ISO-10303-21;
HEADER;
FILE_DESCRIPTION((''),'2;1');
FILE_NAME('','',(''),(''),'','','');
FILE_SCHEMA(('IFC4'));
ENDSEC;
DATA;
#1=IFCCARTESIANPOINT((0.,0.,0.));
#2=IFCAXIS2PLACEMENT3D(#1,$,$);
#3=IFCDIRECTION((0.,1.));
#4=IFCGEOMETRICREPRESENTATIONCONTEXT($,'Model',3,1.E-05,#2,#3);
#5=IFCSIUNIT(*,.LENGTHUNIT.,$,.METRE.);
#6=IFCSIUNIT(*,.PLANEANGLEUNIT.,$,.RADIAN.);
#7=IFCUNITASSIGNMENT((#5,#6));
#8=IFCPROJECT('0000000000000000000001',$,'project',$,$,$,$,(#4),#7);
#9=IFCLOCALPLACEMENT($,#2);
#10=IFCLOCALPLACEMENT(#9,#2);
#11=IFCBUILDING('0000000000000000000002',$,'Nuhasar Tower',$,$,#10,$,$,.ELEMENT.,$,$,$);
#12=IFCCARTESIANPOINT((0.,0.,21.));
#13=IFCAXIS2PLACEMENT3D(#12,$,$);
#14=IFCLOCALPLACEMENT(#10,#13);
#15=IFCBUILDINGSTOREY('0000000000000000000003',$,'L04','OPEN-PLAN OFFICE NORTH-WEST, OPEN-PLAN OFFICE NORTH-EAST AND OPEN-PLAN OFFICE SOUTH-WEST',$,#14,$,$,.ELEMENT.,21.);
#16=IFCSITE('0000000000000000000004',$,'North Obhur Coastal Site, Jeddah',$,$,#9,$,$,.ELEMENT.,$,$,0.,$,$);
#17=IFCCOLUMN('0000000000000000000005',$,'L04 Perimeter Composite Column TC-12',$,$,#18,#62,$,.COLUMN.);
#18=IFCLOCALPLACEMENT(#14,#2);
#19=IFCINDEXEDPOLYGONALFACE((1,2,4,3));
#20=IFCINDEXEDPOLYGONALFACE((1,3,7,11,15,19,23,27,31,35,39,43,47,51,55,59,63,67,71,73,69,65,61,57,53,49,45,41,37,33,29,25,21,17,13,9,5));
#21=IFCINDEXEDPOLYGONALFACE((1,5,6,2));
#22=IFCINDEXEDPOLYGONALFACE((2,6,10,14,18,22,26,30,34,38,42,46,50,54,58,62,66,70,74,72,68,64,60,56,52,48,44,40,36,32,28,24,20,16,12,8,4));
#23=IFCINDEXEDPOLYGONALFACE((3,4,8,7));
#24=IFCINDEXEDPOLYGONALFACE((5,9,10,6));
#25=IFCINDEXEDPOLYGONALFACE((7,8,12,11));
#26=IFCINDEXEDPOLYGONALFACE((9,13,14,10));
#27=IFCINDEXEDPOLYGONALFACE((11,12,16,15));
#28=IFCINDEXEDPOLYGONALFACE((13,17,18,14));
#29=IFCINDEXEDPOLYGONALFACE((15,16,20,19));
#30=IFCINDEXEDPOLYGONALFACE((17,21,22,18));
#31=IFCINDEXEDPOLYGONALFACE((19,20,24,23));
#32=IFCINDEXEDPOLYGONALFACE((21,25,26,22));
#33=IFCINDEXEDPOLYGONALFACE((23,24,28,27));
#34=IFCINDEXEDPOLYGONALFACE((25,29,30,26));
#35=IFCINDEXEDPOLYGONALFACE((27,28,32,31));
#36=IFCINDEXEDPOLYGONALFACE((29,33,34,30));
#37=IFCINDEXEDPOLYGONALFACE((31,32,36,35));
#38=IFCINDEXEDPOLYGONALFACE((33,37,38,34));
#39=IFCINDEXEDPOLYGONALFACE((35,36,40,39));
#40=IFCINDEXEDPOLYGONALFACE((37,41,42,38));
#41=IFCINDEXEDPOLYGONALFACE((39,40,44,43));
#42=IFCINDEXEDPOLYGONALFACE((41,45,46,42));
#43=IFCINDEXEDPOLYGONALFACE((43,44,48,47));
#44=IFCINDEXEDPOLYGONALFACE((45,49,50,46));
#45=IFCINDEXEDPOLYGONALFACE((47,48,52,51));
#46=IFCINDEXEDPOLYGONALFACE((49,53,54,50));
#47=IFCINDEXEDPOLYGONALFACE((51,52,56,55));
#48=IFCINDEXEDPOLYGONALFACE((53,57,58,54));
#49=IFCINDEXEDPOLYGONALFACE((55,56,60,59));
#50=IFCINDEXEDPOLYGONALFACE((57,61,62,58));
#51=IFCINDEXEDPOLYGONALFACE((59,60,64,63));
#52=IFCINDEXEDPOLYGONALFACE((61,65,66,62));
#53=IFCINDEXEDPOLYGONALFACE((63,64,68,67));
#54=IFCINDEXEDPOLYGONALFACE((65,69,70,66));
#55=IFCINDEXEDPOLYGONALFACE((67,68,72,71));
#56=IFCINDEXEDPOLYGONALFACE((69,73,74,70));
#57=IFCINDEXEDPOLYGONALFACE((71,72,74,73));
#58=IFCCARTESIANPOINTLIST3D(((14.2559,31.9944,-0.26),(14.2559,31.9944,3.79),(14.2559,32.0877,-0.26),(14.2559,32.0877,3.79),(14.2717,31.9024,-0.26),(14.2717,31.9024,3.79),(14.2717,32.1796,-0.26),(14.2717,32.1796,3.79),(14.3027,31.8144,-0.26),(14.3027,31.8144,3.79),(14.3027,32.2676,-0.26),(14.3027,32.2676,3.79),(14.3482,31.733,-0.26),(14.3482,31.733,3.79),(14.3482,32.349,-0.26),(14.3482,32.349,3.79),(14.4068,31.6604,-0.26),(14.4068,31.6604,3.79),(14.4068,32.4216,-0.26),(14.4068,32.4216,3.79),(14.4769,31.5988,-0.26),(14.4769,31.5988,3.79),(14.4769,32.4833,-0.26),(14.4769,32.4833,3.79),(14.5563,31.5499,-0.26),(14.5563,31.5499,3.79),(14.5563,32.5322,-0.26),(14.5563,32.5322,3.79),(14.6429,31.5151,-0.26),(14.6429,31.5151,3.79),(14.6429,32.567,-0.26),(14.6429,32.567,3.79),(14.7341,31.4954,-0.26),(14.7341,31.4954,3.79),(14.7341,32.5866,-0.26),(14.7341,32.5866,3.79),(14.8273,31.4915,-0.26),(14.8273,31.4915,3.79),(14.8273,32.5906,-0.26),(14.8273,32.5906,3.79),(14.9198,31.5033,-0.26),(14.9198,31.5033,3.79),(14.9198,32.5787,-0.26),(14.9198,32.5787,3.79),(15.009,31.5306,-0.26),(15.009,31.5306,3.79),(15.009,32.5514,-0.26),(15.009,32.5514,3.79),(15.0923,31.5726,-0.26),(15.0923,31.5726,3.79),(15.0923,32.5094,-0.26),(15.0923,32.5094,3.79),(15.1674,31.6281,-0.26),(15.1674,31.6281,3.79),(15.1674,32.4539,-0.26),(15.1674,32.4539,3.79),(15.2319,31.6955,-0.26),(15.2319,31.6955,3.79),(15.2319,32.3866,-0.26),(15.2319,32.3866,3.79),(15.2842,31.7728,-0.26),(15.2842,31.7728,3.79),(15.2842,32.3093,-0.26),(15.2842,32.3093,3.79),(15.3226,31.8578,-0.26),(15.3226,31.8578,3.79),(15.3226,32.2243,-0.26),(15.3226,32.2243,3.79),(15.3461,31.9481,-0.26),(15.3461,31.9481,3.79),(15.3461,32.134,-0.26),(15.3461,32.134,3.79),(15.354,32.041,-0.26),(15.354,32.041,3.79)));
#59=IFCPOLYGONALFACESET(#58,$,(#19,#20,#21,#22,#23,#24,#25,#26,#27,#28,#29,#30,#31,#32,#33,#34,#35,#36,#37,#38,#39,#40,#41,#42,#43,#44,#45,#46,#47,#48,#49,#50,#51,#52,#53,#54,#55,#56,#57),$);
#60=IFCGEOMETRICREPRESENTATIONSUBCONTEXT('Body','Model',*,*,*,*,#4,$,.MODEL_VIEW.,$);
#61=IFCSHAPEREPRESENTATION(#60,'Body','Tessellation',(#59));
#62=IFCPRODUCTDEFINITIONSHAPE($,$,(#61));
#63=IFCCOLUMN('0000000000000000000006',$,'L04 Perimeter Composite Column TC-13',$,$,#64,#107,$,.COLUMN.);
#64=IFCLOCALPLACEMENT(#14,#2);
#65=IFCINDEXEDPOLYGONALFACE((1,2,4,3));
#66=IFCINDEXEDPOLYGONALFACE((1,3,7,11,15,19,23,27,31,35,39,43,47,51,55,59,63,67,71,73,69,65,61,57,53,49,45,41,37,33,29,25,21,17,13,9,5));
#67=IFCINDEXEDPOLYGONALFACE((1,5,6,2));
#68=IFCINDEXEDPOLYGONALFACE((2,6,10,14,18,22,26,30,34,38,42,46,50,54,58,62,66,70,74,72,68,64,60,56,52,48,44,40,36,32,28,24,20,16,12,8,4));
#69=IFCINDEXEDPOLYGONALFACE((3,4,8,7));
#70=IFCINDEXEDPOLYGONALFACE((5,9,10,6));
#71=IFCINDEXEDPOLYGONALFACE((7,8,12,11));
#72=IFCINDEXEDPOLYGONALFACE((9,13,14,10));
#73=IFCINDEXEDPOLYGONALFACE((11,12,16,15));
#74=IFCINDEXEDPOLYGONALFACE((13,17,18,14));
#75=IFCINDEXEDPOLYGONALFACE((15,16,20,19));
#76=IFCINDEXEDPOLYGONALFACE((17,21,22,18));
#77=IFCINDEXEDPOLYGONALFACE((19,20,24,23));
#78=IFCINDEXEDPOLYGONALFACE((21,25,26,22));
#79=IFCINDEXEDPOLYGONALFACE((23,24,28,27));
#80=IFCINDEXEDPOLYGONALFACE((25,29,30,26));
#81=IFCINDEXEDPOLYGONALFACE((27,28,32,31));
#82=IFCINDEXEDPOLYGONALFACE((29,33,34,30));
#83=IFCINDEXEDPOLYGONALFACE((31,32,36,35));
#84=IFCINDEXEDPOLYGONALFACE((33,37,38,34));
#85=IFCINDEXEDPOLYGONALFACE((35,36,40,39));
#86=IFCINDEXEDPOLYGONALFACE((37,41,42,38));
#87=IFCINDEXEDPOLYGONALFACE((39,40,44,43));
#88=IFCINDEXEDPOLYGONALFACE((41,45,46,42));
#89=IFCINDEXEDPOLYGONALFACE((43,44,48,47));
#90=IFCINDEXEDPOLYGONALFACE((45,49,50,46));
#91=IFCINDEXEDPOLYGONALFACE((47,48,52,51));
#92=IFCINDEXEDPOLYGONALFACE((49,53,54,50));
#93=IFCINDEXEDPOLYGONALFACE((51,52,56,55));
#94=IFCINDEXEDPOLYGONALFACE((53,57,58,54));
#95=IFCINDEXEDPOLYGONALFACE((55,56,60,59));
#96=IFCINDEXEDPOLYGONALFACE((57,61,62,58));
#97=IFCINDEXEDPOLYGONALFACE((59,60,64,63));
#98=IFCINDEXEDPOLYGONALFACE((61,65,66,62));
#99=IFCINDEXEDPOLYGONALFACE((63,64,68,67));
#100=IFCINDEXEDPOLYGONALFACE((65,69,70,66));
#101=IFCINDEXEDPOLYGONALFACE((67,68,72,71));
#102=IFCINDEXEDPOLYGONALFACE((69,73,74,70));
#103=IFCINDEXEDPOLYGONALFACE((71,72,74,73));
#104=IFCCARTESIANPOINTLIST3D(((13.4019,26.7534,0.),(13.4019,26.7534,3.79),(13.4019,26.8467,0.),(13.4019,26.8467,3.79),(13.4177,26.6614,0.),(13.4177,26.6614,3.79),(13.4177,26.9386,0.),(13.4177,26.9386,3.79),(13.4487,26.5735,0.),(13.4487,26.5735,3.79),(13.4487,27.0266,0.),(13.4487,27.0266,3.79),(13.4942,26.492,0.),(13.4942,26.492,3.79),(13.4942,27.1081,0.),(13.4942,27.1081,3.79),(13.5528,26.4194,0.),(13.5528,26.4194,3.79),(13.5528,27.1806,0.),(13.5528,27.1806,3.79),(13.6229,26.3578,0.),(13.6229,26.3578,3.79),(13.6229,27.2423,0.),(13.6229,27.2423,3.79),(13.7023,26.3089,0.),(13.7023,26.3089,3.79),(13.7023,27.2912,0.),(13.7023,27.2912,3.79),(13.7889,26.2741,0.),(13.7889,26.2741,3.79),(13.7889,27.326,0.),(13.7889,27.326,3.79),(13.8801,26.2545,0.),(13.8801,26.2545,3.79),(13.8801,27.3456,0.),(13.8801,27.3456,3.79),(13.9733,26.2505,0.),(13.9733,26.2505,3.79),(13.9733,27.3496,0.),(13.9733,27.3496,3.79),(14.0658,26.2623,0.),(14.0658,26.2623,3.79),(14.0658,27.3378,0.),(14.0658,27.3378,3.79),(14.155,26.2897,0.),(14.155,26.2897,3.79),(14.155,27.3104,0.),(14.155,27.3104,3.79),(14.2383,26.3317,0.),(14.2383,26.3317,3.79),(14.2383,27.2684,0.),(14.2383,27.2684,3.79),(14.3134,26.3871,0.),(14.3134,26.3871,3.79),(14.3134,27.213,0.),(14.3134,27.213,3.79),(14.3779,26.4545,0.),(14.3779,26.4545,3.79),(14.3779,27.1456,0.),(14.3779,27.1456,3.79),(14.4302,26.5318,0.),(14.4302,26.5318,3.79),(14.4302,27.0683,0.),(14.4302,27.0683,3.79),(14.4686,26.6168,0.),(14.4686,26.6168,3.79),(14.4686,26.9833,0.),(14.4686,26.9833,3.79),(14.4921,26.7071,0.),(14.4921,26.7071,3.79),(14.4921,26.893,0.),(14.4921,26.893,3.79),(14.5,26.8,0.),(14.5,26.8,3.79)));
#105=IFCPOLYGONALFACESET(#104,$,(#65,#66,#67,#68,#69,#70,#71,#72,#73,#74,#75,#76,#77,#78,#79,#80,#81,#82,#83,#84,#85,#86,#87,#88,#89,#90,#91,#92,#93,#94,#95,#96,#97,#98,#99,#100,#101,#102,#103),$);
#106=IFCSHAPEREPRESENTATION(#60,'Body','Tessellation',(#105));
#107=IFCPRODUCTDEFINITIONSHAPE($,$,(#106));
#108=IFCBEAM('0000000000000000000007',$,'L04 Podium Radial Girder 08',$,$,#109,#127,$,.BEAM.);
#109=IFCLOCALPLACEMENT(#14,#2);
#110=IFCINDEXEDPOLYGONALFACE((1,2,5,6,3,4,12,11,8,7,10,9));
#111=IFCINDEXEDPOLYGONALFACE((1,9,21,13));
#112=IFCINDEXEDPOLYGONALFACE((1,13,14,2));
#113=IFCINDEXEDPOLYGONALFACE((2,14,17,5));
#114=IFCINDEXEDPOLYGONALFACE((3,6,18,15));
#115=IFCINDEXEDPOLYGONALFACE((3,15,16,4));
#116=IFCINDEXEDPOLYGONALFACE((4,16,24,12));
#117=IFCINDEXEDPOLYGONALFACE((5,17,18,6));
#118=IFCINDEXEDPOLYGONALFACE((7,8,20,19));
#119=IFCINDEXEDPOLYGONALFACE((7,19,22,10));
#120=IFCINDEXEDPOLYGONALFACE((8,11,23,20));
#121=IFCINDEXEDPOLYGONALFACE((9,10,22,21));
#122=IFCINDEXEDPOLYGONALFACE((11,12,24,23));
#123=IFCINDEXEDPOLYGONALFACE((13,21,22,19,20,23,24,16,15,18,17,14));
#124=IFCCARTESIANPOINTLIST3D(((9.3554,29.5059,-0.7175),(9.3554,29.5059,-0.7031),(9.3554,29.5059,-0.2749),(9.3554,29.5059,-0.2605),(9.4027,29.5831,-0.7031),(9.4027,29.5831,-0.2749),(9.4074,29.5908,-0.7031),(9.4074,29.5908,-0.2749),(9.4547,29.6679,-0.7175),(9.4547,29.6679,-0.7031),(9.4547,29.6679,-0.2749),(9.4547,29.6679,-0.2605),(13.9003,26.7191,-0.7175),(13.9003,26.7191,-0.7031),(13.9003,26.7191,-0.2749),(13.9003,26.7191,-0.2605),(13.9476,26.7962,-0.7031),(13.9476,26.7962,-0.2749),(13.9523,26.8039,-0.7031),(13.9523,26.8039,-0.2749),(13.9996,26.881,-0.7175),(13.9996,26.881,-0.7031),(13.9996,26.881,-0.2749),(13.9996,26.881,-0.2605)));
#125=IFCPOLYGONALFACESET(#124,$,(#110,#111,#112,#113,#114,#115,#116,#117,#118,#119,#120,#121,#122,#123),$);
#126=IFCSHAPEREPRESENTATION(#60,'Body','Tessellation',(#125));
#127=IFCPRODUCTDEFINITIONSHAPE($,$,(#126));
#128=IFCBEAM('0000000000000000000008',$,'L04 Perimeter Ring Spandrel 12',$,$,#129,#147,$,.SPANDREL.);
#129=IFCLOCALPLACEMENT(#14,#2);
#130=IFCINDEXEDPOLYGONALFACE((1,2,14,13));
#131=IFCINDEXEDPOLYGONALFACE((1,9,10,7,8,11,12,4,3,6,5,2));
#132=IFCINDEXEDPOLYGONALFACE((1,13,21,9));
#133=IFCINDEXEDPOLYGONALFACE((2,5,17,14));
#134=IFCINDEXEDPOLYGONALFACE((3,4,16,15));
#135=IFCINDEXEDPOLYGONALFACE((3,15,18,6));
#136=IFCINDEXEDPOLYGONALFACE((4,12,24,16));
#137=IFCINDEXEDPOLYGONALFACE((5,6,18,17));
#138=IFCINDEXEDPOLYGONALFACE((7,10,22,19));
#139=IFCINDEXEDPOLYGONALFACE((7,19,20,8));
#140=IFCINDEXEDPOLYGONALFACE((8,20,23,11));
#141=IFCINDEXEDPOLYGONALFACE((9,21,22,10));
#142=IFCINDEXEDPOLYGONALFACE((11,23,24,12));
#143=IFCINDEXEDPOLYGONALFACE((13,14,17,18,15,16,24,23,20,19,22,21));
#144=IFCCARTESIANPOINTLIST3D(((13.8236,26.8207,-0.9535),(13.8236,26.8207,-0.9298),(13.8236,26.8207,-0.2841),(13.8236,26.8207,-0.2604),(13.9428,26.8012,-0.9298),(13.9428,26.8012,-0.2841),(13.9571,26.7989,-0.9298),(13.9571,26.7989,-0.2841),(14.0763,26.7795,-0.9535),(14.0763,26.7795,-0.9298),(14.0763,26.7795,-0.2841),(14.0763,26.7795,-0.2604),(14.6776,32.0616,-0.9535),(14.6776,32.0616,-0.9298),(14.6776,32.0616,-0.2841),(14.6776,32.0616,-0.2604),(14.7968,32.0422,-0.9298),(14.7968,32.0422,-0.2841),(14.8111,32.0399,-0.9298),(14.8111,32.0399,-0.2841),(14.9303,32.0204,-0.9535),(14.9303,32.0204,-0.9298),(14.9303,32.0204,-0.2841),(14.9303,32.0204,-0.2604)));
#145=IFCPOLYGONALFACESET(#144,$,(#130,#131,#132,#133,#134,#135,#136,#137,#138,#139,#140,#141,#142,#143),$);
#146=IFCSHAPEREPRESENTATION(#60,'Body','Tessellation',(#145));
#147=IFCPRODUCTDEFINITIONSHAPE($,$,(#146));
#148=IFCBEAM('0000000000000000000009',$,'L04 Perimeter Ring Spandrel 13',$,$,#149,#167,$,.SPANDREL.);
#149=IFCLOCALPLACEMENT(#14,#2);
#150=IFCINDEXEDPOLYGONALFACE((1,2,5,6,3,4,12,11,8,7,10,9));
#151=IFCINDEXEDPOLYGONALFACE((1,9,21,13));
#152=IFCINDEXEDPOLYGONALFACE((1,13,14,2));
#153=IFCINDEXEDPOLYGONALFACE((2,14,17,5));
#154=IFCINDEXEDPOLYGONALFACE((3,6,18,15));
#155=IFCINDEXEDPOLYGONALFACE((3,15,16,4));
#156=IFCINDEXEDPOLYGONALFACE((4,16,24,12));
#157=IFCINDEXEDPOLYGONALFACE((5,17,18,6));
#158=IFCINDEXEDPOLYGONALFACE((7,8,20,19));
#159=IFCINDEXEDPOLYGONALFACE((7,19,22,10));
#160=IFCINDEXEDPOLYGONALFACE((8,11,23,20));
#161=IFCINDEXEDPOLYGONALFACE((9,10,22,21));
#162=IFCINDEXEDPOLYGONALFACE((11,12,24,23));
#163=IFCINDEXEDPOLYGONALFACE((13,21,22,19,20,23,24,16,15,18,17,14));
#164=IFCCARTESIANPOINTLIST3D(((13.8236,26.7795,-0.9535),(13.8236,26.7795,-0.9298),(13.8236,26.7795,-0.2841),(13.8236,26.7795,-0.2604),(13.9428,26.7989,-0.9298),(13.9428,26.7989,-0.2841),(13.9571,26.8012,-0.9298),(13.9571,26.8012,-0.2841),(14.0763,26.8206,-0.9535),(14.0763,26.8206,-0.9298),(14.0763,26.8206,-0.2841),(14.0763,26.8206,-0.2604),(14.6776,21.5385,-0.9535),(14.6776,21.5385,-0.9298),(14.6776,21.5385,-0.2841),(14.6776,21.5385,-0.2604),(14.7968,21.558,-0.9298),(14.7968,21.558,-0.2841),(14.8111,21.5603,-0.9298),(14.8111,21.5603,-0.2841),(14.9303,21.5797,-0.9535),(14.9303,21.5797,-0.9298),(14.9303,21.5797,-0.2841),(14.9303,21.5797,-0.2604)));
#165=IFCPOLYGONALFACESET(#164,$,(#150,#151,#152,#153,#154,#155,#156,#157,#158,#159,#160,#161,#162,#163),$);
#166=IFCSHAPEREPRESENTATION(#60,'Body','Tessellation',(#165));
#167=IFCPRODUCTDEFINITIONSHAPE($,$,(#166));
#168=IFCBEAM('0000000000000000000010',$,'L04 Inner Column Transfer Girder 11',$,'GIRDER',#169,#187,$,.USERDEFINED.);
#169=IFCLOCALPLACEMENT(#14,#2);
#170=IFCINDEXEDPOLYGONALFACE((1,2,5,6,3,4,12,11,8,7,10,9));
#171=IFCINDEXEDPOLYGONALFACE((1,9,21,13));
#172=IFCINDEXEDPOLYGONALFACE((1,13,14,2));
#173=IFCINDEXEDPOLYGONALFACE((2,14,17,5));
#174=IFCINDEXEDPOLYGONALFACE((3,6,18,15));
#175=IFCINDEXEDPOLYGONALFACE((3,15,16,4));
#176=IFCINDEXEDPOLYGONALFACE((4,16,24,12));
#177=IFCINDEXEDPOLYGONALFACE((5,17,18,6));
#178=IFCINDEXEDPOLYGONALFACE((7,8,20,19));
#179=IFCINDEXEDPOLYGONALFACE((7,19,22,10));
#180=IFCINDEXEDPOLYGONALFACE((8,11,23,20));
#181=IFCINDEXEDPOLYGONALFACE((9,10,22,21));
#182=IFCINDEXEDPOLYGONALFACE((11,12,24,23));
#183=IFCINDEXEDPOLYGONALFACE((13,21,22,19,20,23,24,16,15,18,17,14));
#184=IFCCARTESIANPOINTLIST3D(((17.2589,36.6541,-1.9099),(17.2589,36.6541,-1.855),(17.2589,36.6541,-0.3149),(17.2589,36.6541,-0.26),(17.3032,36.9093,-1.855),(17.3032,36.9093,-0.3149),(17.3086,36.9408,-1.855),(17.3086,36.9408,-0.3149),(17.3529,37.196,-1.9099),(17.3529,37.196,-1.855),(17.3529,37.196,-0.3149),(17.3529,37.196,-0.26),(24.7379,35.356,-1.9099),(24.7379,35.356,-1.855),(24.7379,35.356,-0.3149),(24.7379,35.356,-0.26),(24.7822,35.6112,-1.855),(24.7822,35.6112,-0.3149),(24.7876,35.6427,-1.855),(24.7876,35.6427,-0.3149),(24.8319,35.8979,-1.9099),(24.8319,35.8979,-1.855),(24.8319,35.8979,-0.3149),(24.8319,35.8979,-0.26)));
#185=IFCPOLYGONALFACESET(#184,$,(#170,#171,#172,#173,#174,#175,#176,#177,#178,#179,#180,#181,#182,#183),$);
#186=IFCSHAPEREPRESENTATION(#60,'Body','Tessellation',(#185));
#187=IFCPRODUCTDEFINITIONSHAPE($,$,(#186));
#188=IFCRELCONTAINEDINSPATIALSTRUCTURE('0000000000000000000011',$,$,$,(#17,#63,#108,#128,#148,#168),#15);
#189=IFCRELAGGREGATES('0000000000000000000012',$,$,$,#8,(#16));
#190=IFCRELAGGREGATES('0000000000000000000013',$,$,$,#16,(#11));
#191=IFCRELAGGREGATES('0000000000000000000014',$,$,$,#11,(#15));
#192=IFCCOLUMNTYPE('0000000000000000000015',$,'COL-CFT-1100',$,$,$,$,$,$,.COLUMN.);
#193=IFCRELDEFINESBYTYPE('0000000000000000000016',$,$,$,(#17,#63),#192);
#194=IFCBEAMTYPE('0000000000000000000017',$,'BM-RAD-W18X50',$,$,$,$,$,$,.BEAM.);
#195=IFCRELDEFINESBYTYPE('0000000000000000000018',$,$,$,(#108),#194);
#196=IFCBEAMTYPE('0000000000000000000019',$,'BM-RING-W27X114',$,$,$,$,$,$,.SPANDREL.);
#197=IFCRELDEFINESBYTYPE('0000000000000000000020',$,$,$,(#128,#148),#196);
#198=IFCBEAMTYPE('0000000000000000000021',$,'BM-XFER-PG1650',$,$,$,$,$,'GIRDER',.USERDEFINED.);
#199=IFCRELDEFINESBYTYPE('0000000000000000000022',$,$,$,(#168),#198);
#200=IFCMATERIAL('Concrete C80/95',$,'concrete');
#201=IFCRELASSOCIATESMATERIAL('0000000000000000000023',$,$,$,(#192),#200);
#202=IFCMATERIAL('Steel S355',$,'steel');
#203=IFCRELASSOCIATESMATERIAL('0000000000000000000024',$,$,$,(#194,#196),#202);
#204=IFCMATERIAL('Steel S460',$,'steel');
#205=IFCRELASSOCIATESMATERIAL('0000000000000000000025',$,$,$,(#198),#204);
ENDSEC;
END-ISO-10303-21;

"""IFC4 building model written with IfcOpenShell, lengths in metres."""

from ifc_helpers import new_model, si_unit, direction, frame, origin, origin_2d, place, context, subcontext, project, spatial, circle, i_section, extrude, material, material_profile, profile_set, type_object, element, save


model = new_model("IFC4")

# Units and contexts
model_context = context("Model", 3, precision=1e-05, world=origin(), true_north=direction((0.0, 1.0)))
body_context = subcontext(model_context, "Body", "Model", "MODEL_VIEW")
ifc_project = project(units=[si_unit("LENGTHUNIT", "METRE"), si_unit("PLANEANGLEUNIT", "RADIAN")], contexts=[model_context])

# Site, building, storey
site_placement = place(None, origin())
site = spatial("IfcSite", under=ifc_project, at=site_placement, Name="North Obhur Coastal Site, Jeddah", CompositionType="ELEMENT", RefElevation=0.0)
building_placement = place(site_placement, origin())
building = spatial("IfcBuilding", under=site, at=building_placement, Name="Nuhasar Tower", CompositionType="ELEMENT")
storey_placement = place(building_placement, frame((0.0, 0.0, 21.0)))
storey = spatial("IfcBuildingStorey", under=building, at=storey_placement, Name="L04", Description="OPEN-PLAN OFFICE NORTH-WEST, OPEN-PLAN OFFICE NORTH-EAST AND OPEN-PLAN OFFICE SOUTH-WEST", CompositionType="ELEMENT", Elevation=21.0)

# Columns
ifc_material_1 = material(Name="Concrete C80/95", Category="concrete")
ifc_material_profile_1 = material_profile(ifc_material_1, circle(Radius=0.55, at=origin_2d()), Name="CFT1100")
ifc_profile_set_1 = profile_set([ifc_material_profile_1], Name="Concrete C80/95")
column_type = type_object("IfcColumnType", Name="COL-CFT-1100", PredefinedType="COLUMN", material=ifc_profile_set_1)
column_1_placement = place(storey_placement, frame((14.804, 32.041, -0.26), z_axis=(0.0, 0.0, 1.0), x_axis=(1.0, 0.0, 0.0)))
element("IfcColumn", 1, at=column_1_placement, inside=storey, type_object=column_type, Name="L04 Perimeter Composite Column TC-12", PredefinedType="COLUMN", context=body_context, shape_type="SweptSolid", body=[
    extrude(circle(Radius=0.55, at=origin_2d()), origin(), (0.0, 0.0, 1.0), 4.05),
])
column_2_placement = place(storey_placement, frame((13.95, 26.8, 0.0), z_axis=(0.0, 0.0, 1.0), x_axis=(1.0, 0.0, 0.0)))
element("IfcColumn", 2, at=column_2_placement, inside=storey, type_object=column_type, Name="L04 Perimeter Composite Column TC-13", PredefinedType="COLUMN", context=body_context, shape_type="SweptSolid", body=[
    extrude(circle(Radius=0.55, at=origin_2d()), origin(), (0.0, 0.0, 1.0), 3.79),
])

# Beams
ifc_material_2 = material(Name="Steel S355", Category="steel")
ifc_material_profile_2 = material_profile(ifc_material_2, i_section(OverallWidth=0.1899, OverallDepth=0.457, WebThickness=0.009, FlangeThickness=0.0144, at=origin_2d()), Name="W18X50")
ifc_profile_set_2 = profile_set([ifc_material_profile_2], Name="Steel S355")
beam_type_1 = type_object("IfcBeamType", Name="BM-RAD-W18X50", PredefinedType="BEAM", material=ifc_profile_set_2)
beam_1_placement = place(storey_placement, frame((13.95, 26.8, -0.489), z_axis=(-0.852495, 0.522735, 0.0), x_axis=(-0.522735, -0.852495, 0.0)))
element("IfcBeam", 3, at=beam_1_placement, inside=storey, type_object=beam_type_1, Name="L04 Podium Radial Girder 08", PredefinedType="BEAM", context=body_context, shape_type="SweptSolid", body=[
    extrude(i_section(OverallWidth=0.1899, OverallDepth=0.457, WebThickness=0.009, FlangeThickness=0.0144, at=origin_2d()), origin(), (0.0, 0.0, 1.0), 5.3313),
])
ifc_material_profile_3 = material_profile(ifc_material_2, i_section(OverallWidth=0.2561, OverallDepth=0.6931, WebThickness=0.0144, FlangeThickness=0.0237, at=origin_2d()), Name="W27X114")
ifc_profile_set_3 = profile_set([ifc_material_profile_3], Name="Steel S355")
beam_type_2 = type_object("IfcBeamType", Name="BM-RING-W27X114", PredefinedType="SPANDREL", material=ifc_profile_set_3)
for number, where, z_axis, x_axis, name in (
    (4, (14.804, 32.041, -0.6069), (-0.160827, -0.986983, 0.0), (0.986983, -0.160827, 0.0), "L04 Perimeter Ring Spandrel 12"),
    (5, (13.95, 26.8, -0.6069), (0.160827, -0.986983, 0.0), (0.986983, 0.160827, 0.0), "L04 Perimeter Ring Spandrel 13"),
):
    element("IfcBeam", number, at=place(storey_placement, frame(where, z_axis=z_axis, x_axis=x_axis)), inside=storey, type_object=beam_type_2, Name=name, PredefinedType="SPANDREL", context=body_context, shape_type="SweptSolid", body=[
        extrude(i_section(OverallWidth=0.2561, OverallDepth=0.6931, WebThickness=0.0144, FlangeThickness=0.0237, at=origin_2d()), origin(), (0.0, 0.0, 1.0), 5.3101),
    ])
ifc_material_3 = material(Name="Steel S460", Category="steel")
ifc_material_profile_4 = material_profile(ifc_material_3, i_section(OverallWidth=0.55, OverallDepth=1.6499, WebThickness=0.032, FlangeThickness=0.0549, at=origin_2d()), Name="PG1650X550")
ifc_profile_set_4 = profile_set([ifc_material_profile_4], Name="Steel S460")
beam_type_3 = type_object("IfcBeamType", Name="BM-XFER-PG1650", ElementType="GIRDER", PredefinedType="USERDEFINED", material=ifc_profile_set_4)
beam_2_placement = place(storey_placement, frame((24.7849, 35.627, -1.085), z_axis=(-0.98527, 0.171009, 0.0), x_axis=(-0.171009, -0.98527, 0.0)))
element("IfcBeam", 6, at=beam_2_placement, inside=storey, type_object=beam_type_3, Name="L04 Inner Column Transfer Girder 11", ObjectType="GIRDER", PredefinedType="USERDEFINED", context=body_context, shape_type="SweptSolid", body=[
    extrude(i_section(OverallWidth=0.55, OverallDepth=1.6499, WebThickness=0.032, FlangeThickness=0.0549, at=origin_2d()), origin(), (0.0, 0.0, 1.0), 7.5908),
])

save(model, "model.ifc")
